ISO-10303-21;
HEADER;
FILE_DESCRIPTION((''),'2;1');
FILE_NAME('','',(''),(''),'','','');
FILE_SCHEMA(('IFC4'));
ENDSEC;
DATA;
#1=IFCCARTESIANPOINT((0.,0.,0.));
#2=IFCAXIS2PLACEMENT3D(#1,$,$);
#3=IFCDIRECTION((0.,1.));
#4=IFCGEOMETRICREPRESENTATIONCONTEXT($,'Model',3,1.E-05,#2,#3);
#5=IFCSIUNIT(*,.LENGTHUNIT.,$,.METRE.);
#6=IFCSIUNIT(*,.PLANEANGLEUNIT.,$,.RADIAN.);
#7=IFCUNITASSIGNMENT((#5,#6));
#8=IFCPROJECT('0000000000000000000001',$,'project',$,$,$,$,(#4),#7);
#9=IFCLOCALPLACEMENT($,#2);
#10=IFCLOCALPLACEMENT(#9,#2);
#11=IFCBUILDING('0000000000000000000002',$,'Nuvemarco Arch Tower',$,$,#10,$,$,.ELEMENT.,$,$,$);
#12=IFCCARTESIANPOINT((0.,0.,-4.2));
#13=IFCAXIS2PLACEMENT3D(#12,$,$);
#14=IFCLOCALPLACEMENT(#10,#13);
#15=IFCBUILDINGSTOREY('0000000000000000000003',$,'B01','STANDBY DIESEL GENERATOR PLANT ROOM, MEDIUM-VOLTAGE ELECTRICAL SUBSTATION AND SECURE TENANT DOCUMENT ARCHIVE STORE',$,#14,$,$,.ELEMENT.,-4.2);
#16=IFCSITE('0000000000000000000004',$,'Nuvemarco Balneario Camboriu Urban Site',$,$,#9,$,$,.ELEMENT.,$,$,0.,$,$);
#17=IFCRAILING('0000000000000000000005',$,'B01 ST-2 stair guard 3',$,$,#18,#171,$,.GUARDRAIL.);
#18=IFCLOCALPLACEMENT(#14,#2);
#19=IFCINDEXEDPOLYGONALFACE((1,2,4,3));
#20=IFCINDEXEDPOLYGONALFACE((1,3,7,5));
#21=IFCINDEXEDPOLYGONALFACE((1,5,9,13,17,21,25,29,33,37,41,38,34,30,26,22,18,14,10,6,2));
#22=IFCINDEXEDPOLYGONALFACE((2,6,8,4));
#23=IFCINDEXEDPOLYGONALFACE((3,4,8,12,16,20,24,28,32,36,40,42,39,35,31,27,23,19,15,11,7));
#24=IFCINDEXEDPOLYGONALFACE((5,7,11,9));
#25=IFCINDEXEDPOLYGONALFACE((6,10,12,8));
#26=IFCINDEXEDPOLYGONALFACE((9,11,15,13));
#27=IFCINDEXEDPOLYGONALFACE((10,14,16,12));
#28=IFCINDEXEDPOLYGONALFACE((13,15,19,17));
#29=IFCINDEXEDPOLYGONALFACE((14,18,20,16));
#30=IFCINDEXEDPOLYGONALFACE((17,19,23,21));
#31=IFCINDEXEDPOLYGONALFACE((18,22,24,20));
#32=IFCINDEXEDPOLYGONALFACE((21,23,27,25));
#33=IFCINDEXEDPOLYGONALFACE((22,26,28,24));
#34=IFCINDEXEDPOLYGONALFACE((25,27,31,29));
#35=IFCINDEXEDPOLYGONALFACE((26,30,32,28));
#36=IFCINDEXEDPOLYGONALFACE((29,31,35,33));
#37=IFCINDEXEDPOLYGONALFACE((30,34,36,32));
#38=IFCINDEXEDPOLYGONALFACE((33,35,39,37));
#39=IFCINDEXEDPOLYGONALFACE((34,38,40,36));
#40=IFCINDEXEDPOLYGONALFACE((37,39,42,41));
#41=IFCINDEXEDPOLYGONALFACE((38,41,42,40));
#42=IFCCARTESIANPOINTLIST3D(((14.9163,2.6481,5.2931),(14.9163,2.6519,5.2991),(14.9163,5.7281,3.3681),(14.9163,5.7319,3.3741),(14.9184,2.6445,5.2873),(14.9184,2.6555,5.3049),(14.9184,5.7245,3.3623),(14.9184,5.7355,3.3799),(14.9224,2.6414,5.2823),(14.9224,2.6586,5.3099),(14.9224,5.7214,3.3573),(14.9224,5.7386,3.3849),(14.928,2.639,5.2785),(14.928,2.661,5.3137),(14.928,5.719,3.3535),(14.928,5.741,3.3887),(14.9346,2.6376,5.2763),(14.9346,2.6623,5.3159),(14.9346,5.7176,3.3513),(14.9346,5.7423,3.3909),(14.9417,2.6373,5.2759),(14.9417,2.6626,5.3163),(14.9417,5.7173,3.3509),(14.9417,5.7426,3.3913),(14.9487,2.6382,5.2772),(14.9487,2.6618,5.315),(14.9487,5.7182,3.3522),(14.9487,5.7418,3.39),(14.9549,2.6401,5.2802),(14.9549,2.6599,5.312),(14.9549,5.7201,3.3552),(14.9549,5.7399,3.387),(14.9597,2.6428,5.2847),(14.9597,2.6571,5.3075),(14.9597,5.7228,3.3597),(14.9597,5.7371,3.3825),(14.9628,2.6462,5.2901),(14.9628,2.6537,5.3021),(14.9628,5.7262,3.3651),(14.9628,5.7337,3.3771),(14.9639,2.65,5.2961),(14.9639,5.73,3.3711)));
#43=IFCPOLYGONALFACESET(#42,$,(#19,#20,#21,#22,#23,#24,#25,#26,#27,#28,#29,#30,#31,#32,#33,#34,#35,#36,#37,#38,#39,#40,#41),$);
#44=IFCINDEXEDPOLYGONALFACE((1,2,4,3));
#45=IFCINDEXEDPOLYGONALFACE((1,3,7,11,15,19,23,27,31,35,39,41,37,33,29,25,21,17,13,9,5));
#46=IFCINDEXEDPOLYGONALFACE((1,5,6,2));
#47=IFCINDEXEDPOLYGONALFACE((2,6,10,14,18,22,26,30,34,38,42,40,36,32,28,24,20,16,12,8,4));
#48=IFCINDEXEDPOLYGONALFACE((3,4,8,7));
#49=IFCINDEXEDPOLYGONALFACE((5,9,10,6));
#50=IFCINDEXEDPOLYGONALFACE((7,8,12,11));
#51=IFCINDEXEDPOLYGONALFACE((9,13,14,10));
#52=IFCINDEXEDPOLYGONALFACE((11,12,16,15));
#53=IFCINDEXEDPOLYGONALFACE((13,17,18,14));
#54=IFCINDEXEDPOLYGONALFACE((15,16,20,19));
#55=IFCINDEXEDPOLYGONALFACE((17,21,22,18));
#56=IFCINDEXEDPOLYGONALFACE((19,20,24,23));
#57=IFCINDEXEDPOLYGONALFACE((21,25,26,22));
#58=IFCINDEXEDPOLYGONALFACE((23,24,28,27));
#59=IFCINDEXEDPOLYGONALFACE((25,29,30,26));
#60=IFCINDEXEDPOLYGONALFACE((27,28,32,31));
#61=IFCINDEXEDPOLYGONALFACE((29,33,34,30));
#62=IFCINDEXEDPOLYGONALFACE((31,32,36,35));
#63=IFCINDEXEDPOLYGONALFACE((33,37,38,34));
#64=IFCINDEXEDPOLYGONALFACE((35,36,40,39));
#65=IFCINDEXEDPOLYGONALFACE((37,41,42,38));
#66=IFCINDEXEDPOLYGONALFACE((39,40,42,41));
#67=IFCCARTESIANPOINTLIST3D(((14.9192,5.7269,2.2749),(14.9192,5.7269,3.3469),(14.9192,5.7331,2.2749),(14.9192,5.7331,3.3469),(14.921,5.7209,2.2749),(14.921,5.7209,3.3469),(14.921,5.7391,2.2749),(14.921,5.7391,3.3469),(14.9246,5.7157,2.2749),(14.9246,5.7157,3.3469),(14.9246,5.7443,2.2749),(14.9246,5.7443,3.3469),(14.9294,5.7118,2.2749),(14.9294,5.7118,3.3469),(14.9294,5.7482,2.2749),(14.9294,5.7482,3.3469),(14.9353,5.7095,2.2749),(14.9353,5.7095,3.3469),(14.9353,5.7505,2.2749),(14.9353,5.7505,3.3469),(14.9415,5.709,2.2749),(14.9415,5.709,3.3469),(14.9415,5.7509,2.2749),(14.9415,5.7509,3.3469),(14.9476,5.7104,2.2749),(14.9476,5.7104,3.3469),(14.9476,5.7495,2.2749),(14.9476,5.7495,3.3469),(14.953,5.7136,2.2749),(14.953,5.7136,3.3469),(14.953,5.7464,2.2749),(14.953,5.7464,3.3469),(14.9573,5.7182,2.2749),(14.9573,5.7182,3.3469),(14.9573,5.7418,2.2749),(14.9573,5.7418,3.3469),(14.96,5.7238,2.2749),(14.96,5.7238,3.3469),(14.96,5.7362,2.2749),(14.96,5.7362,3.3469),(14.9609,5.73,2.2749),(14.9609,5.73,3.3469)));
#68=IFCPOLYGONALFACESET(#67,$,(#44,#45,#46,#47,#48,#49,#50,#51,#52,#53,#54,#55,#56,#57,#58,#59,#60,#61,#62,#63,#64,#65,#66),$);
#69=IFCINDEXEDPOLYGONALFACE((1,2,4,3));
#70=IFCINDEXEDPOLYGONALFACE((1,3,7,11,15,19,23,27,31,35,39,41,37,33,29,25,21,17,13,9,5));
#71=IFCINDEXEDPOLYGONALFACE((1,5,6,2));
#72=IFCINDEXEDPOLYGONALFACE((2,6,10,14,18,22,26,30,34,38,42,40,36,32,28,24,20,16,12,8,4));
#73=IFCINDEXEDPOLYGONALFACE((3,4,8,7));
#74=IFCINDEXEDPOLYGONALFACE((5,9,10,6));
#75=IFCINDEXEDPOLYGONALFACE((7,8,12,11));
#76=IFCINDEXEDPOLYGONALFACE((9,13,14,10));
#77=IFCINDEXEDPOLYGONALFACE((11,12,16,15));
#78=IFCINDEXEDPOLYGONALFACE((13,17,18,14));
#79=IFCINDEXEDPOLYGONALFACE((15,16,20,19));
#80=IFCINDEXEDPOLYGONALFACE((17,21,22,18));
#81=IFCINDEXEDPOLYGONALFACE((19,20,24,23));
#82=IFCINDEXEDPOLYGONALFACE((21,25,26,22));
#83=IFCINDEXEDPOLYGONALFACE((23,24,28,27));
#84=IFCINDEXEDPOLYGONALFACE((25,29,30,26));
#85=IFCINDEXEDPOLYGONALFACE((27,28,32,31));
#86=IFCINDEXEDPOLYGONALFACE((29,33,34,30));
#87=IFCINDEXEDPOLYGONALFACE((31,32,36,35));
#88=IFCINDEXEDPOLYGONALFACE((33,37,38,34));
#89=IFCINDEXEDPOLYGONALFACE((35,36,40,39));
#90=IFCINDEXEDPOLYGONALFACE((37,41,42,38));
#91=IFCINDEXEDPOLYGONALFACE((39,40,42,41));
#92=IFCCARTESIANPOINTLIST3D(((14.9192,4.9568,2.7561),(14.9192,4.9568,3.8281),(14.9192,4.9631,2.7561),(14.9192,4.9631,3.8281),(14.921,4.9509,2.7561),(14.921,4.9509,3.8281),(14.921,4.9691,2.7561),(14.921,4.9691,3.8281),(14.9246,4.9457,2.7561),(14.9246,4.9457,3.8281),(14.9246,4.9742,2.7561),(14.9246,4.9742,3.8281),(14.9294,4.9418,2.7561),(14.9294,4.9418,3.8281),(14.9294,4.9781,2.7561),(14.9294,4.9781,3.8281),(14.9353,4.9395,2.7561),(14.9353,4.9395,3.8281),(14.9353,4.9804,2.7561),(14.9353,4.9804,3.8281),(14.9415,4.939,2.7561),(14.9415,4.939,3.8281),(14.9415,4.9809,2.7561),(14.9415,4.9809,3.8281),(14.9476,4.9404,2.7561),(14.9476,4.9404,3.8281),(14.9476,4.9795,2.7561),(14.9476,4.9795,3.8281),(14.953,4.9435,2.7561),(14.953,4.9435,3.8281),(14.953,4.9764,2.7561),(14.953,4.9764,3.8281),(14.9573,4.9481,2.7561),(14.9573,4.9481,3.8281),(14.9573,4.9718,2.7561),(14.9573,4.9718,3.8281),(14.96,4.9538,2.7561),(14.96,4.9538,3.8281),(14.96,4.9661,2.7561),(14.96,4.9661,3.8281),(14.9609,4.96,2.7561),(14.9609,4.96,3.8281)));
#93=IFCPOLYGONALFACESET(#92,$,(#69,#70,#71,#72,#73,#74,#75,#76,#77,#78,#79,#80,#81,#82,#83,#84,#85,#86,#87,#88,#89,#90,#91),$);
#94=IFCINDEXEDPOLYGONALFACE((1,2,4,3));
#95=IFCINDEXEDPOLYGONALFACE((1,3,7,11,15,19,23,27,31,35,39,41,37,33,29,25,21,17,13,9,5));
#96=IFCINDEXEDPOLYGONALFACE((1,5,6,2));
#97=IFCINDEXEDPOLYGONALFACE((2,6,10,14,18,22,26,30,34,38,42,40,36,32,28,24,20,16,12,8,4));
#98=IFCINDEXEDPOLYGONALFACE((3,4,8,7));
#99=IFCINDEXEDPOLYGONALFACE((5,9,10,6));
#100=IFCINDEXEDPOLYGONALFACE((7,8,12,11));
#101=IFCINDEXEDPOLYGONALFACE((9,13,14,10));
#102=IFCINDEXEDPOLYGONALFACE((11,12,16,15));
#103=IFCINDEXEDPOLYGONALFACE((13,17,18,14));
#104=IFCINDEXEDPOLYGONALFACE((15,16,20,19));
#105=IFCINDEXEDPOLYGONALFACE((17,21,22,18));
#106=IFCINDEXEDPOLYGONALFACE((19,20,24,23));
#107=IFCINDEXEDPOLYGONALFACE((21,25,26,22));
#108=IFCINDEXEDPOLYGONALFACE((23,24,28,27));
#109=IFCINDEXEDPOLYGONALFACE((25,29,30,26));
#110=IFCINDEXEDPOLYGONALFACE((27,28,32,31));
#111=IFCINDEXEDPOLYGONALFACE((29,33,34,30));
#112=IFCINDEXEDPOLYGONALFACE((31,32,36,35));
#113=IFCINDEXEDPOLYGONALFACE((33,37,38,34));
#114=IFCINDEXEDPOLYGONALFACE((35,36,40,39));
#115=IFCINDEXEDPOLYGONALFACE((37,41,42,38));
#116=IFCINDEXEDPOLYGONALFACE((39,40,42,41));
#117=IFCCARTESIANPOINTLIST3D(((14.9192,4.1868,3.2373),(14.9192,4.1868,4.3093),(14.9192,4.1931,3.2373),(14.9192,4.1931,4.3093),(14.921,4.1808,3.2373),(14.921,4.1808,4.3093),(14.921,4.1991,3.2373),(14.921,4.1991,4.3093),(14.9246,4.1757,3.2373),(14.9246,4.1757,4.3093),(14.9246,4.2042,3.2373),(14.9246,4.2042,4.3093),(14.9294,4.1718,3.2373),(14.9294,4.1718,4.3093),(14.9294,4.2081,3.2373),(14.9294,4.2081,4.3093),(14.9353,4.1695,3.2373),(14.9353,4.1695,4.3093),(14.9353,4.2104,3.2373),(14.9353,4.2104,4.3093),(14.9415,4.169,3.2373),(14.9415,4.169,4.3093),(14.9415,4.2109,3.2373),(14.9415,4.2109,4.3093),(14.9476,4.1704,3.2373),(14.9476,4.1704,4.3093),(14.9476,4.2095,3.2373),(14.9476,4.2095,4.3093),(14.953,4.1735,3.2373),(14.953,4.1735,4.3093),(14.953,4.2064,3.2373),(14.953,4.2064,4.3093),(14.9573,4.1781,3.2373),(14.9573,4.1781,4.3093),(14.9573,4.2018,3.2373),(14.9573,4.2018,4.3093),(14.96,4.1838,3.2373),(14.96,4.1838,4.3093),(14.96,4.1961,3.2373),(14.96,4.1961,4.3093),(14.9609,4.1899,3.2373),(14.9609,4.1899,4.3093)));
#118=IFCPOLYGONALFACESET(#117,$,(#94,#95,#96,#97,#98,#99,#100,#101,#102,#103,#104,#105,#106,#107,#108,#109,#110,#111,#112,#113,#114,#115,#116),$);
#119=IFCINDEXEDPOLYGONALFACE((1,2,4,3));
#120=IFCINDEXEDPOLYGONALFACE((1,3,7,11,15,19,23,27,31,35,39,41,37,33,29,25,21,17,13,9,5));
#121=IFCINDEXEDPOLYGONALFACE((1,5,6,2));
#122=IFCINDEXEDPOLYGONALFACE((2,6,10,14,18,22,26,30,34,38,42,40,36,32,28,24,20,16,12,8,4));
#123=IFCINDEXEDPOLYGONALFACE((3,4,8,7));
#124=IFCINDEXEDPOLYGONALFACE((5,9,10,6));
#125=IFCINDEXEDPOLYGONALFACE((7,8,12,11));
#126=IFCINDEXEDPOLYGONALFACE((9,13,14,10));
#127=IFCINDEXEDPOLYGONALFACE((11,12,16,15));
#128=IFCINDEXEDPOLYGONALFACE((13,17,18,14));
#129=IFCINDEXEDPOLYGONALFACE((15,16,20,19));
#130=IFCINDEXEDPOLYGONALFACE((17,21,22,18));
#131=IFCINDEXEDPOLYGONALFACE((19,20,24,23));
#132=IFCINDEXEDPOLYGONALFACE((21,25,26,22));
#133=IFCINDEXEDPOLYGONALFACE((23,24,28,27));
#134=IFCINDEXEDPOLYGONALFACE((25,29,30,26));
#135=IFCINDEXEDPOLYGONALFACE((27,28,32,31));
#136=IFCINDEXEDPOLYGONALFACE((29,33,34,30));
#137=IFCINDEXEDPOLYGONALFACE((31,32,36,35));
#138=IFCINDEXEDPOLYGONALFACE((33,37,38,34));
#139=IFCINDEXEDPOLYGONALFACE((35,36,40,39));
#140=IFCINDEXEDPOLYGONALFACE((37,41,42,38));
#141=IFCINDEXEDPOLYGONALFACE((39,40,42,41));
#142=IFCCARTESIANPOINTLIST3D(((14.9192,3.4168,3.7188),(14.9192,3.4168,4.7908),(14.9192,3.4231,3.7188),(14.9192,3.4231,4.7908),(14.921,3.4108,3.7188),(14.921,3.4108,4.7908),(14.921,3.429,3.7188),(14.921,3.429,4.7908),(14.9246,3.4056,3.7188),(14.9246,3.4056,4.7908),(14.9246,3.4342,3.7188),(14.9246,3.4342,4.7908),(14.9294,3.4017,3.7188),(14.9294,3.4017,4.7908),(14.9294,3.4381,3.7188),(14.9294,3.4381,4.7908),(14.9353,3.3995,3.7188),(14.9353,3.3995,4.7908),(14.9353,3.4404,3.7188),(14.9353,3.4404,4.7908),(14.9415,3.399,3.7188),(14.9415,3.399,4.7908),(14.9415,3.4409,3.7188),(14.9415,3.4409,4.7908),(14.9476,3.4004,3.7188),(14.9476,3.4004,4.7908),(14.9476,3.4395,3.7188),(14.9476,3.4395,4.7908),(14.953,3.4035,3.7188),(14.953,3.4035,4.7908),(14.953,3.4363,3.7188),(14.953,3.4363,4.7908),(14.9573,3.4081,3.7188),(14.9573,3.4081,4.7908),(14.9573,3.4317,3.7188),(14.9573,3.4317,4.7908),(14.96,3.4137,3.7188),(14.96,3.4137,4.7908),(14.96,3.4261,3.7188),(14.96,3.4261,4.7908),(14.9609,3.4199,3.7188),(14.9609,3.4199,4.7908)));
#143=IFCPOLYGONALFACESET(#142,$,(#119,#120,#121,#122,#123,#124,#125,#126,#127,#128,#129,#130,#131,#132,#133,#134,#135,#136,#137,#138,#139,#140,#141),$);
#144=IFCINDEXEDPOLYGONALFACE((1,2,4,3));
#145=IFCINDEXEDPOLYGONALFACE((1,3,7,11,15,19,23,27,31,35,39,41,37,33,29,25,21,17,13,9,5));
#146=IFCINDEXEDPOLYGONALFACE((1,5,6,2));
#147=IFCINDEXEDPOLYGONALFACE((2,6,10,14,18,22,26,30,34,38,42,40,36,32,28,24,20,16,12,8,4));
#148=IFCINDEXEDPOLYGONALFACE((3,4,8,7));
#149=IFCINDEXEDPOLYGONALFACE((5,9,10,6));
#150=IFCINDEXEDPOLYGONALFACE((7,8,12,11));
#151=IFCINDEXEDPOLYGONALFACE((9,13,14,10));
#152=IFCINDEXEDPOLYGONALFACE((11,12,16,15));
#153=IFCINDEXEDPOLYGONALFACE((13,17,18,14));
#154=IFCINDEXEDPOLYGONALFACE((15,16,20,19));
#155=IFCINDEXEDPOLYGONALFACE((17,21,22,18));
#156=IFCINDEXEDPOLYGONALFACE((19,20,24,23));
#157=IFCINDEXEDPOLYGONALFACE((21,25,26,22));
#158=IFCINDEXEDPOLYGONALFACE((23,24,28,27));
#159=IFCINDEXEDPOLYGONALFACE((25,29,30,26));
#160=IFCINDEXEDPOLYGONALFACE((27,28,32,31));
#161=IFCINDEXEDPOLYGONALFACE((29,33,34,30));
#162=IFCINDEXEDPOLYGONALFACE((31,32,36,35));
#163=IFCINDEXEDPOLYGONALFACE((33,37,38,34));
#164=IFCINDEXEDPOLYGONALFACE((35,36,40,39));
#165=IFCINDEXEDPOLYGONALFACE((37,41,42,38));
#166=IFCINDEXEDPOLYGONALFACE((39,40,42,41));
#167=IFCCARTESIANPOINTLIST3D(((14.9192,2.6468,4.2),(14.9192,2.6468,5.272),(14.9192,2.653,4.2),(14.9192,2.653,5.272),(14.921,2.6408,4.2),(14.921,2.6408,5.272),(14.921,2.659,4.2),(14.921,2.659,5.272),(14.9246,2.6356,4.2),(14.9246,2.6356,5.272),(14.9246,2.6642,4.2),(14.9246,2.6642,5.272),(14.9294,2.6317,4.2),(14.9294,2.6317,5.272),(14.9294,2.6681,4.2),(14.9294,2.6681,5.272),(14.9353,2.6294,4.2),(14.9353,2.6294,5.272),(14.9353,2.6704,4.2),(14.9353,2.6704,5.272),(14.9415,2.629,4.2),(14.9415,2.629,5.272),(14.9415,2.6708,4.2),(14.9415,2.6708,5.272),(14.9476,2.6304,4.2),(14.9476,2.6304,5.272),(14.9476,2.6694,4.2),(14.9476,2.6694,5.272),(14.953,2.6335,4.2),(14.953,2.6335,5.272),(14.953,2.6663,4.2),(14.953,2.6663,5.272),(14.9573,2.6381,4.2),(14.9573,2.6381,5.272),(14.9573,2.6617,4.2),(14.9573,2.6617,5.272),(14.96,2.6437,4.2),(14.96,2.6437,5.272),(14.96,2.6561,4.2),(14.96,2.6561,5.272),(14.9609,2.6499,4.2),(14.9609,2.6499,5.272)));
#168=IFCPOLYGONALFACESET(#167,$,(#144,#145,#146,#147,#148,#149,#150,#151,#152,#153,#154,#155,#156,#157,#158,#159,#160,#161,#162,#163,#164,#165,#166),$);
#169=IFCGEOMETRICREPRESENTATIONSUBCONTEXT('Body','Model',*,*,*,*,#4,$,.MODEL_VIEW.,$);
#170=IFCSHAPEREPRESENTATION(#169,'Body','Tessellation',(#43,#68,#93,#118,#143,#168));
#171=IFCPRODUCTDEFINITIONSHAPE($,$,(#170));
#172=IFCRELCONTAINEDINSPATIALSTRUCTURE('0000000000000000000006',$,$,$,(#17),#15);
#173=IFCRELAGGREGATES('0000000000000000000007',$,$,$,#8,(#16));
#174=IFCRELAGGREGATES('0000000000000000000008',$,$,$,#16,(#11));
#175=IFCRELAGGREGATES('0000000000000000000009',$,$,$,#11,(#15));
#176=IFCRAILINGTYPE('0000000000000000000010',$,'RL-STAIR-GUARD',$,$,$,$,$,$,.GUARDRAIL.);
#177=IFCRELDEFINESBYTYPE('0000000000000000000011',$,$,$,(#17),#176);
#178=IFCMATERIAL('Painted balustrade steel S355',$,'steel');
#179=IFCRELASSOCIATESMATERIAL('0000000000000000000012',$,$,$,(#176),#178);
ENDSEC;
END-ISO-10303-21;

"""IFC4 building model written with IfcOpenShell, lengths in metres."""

from ifc_helpers import new_model, si_unit, direction, frame, origin, origin_2d, place, context, subcontext, project, spatial, circle, extrude, material, type_object, element, save


model = new_model("IFC4")

# Units and contexts
model_context = context("Model", 3, precision=1e-05, world=origin(), true_north=direction((0.0, 1.0)))
body_context = subcontext(model_context, "Body", "Model", "MODEL_VIEW")
ifc_project = project(units=[si_unit("LENGTHUNIT", "METRE"), si_unit("PLANEANGLEUNIT", "RADIAN")], contexts=[model_context])

# Site, building, storey
site_placement = place(None, origin())
site = spatial("IfcSite", under=ifc_project, at=site_placement, Name="Nuvemarco Balneario Camboriu Urban Site", CompositionType="ELEMENT", RefElevation=0.0)
building_placement = place(site_placement, origin())
building = spatial("IfcBuilding", under=site, at=building_placement, Name="Nuvemarco Arch Tower", CompositionType="ELEMENT")
storey_placement = place(building_placement, frame((0.0, 0.0, -4.2)))
storey = spatial("IfcBuildingStorey", under=building, at=storey_placement, Name="B01", Description="STANDBY DIESEL GENERATOR PLANT ROOM, MEDIUM-VOLTAGE ELECTRICAL SUBSTATION AND SECURE TENANT DOCUMENT ARCHIVE STORE", CompositionType="ELEMENT", Elevation=-4.2)

# Railing
ifc_material_1 = material(Name="Painted balustrade steel S355", Category="steel")
railing_type_1 = type_object("IfcRailingType", Name="RL-STAIR-GUARD", PredefinedType="GUARDRAIL", material=ifc_material_1)
railing_1_placement = place(storey_placement, frame((14.9399, 5.73, 2.2749)))
element("IfcRailing", 1, at=railing_1_placement, inside=storey, type_object=railing_type_1, Name="B01 ST-2 stair guard 3", PredefinedType="GUARDRAIL", context=body_context, shape_type="SweptSolid", body=[
    extrude(circle(Radius=0.0239, at=origin_2d()), frame((0.0, 0.0, 1.0962), z_axis=(0.0, -0.847998, 0.529999), x_axis=(1.0, 0.0, 0.0)), (0.0, 0.0, 1.0), 3.6321),
    extrude(circle(Radius=0.021, at=origin_2d()), origin(), (0.0, 0.0, 1.0), 1.072),
    extrude(circle(Radius=0.021, at=origin_2d()), frame((0.0, -0.77, 0.4812)), (0.0, 0.0, 1.0), 1.072),
    extrude(circle(Radius=0.021, at=origin_2d()), frame((0.0, -1.54, 0.9624)), (0.0, 0.0, 1.0), 1.072),
    extrude(circle(Radius=0.021, at=origin_2d()), frame((0.0, -2.3101, 1.4438)), (0.0, 0.0, 1.0), 1.072),
    extrude(circle(Radius=0.021, at=origin_2d()), frame((0.0, -3.0801, 1.925)), (0.0, 0.0, 1.0), 1.072),
])

save(model, "model.ifc")
